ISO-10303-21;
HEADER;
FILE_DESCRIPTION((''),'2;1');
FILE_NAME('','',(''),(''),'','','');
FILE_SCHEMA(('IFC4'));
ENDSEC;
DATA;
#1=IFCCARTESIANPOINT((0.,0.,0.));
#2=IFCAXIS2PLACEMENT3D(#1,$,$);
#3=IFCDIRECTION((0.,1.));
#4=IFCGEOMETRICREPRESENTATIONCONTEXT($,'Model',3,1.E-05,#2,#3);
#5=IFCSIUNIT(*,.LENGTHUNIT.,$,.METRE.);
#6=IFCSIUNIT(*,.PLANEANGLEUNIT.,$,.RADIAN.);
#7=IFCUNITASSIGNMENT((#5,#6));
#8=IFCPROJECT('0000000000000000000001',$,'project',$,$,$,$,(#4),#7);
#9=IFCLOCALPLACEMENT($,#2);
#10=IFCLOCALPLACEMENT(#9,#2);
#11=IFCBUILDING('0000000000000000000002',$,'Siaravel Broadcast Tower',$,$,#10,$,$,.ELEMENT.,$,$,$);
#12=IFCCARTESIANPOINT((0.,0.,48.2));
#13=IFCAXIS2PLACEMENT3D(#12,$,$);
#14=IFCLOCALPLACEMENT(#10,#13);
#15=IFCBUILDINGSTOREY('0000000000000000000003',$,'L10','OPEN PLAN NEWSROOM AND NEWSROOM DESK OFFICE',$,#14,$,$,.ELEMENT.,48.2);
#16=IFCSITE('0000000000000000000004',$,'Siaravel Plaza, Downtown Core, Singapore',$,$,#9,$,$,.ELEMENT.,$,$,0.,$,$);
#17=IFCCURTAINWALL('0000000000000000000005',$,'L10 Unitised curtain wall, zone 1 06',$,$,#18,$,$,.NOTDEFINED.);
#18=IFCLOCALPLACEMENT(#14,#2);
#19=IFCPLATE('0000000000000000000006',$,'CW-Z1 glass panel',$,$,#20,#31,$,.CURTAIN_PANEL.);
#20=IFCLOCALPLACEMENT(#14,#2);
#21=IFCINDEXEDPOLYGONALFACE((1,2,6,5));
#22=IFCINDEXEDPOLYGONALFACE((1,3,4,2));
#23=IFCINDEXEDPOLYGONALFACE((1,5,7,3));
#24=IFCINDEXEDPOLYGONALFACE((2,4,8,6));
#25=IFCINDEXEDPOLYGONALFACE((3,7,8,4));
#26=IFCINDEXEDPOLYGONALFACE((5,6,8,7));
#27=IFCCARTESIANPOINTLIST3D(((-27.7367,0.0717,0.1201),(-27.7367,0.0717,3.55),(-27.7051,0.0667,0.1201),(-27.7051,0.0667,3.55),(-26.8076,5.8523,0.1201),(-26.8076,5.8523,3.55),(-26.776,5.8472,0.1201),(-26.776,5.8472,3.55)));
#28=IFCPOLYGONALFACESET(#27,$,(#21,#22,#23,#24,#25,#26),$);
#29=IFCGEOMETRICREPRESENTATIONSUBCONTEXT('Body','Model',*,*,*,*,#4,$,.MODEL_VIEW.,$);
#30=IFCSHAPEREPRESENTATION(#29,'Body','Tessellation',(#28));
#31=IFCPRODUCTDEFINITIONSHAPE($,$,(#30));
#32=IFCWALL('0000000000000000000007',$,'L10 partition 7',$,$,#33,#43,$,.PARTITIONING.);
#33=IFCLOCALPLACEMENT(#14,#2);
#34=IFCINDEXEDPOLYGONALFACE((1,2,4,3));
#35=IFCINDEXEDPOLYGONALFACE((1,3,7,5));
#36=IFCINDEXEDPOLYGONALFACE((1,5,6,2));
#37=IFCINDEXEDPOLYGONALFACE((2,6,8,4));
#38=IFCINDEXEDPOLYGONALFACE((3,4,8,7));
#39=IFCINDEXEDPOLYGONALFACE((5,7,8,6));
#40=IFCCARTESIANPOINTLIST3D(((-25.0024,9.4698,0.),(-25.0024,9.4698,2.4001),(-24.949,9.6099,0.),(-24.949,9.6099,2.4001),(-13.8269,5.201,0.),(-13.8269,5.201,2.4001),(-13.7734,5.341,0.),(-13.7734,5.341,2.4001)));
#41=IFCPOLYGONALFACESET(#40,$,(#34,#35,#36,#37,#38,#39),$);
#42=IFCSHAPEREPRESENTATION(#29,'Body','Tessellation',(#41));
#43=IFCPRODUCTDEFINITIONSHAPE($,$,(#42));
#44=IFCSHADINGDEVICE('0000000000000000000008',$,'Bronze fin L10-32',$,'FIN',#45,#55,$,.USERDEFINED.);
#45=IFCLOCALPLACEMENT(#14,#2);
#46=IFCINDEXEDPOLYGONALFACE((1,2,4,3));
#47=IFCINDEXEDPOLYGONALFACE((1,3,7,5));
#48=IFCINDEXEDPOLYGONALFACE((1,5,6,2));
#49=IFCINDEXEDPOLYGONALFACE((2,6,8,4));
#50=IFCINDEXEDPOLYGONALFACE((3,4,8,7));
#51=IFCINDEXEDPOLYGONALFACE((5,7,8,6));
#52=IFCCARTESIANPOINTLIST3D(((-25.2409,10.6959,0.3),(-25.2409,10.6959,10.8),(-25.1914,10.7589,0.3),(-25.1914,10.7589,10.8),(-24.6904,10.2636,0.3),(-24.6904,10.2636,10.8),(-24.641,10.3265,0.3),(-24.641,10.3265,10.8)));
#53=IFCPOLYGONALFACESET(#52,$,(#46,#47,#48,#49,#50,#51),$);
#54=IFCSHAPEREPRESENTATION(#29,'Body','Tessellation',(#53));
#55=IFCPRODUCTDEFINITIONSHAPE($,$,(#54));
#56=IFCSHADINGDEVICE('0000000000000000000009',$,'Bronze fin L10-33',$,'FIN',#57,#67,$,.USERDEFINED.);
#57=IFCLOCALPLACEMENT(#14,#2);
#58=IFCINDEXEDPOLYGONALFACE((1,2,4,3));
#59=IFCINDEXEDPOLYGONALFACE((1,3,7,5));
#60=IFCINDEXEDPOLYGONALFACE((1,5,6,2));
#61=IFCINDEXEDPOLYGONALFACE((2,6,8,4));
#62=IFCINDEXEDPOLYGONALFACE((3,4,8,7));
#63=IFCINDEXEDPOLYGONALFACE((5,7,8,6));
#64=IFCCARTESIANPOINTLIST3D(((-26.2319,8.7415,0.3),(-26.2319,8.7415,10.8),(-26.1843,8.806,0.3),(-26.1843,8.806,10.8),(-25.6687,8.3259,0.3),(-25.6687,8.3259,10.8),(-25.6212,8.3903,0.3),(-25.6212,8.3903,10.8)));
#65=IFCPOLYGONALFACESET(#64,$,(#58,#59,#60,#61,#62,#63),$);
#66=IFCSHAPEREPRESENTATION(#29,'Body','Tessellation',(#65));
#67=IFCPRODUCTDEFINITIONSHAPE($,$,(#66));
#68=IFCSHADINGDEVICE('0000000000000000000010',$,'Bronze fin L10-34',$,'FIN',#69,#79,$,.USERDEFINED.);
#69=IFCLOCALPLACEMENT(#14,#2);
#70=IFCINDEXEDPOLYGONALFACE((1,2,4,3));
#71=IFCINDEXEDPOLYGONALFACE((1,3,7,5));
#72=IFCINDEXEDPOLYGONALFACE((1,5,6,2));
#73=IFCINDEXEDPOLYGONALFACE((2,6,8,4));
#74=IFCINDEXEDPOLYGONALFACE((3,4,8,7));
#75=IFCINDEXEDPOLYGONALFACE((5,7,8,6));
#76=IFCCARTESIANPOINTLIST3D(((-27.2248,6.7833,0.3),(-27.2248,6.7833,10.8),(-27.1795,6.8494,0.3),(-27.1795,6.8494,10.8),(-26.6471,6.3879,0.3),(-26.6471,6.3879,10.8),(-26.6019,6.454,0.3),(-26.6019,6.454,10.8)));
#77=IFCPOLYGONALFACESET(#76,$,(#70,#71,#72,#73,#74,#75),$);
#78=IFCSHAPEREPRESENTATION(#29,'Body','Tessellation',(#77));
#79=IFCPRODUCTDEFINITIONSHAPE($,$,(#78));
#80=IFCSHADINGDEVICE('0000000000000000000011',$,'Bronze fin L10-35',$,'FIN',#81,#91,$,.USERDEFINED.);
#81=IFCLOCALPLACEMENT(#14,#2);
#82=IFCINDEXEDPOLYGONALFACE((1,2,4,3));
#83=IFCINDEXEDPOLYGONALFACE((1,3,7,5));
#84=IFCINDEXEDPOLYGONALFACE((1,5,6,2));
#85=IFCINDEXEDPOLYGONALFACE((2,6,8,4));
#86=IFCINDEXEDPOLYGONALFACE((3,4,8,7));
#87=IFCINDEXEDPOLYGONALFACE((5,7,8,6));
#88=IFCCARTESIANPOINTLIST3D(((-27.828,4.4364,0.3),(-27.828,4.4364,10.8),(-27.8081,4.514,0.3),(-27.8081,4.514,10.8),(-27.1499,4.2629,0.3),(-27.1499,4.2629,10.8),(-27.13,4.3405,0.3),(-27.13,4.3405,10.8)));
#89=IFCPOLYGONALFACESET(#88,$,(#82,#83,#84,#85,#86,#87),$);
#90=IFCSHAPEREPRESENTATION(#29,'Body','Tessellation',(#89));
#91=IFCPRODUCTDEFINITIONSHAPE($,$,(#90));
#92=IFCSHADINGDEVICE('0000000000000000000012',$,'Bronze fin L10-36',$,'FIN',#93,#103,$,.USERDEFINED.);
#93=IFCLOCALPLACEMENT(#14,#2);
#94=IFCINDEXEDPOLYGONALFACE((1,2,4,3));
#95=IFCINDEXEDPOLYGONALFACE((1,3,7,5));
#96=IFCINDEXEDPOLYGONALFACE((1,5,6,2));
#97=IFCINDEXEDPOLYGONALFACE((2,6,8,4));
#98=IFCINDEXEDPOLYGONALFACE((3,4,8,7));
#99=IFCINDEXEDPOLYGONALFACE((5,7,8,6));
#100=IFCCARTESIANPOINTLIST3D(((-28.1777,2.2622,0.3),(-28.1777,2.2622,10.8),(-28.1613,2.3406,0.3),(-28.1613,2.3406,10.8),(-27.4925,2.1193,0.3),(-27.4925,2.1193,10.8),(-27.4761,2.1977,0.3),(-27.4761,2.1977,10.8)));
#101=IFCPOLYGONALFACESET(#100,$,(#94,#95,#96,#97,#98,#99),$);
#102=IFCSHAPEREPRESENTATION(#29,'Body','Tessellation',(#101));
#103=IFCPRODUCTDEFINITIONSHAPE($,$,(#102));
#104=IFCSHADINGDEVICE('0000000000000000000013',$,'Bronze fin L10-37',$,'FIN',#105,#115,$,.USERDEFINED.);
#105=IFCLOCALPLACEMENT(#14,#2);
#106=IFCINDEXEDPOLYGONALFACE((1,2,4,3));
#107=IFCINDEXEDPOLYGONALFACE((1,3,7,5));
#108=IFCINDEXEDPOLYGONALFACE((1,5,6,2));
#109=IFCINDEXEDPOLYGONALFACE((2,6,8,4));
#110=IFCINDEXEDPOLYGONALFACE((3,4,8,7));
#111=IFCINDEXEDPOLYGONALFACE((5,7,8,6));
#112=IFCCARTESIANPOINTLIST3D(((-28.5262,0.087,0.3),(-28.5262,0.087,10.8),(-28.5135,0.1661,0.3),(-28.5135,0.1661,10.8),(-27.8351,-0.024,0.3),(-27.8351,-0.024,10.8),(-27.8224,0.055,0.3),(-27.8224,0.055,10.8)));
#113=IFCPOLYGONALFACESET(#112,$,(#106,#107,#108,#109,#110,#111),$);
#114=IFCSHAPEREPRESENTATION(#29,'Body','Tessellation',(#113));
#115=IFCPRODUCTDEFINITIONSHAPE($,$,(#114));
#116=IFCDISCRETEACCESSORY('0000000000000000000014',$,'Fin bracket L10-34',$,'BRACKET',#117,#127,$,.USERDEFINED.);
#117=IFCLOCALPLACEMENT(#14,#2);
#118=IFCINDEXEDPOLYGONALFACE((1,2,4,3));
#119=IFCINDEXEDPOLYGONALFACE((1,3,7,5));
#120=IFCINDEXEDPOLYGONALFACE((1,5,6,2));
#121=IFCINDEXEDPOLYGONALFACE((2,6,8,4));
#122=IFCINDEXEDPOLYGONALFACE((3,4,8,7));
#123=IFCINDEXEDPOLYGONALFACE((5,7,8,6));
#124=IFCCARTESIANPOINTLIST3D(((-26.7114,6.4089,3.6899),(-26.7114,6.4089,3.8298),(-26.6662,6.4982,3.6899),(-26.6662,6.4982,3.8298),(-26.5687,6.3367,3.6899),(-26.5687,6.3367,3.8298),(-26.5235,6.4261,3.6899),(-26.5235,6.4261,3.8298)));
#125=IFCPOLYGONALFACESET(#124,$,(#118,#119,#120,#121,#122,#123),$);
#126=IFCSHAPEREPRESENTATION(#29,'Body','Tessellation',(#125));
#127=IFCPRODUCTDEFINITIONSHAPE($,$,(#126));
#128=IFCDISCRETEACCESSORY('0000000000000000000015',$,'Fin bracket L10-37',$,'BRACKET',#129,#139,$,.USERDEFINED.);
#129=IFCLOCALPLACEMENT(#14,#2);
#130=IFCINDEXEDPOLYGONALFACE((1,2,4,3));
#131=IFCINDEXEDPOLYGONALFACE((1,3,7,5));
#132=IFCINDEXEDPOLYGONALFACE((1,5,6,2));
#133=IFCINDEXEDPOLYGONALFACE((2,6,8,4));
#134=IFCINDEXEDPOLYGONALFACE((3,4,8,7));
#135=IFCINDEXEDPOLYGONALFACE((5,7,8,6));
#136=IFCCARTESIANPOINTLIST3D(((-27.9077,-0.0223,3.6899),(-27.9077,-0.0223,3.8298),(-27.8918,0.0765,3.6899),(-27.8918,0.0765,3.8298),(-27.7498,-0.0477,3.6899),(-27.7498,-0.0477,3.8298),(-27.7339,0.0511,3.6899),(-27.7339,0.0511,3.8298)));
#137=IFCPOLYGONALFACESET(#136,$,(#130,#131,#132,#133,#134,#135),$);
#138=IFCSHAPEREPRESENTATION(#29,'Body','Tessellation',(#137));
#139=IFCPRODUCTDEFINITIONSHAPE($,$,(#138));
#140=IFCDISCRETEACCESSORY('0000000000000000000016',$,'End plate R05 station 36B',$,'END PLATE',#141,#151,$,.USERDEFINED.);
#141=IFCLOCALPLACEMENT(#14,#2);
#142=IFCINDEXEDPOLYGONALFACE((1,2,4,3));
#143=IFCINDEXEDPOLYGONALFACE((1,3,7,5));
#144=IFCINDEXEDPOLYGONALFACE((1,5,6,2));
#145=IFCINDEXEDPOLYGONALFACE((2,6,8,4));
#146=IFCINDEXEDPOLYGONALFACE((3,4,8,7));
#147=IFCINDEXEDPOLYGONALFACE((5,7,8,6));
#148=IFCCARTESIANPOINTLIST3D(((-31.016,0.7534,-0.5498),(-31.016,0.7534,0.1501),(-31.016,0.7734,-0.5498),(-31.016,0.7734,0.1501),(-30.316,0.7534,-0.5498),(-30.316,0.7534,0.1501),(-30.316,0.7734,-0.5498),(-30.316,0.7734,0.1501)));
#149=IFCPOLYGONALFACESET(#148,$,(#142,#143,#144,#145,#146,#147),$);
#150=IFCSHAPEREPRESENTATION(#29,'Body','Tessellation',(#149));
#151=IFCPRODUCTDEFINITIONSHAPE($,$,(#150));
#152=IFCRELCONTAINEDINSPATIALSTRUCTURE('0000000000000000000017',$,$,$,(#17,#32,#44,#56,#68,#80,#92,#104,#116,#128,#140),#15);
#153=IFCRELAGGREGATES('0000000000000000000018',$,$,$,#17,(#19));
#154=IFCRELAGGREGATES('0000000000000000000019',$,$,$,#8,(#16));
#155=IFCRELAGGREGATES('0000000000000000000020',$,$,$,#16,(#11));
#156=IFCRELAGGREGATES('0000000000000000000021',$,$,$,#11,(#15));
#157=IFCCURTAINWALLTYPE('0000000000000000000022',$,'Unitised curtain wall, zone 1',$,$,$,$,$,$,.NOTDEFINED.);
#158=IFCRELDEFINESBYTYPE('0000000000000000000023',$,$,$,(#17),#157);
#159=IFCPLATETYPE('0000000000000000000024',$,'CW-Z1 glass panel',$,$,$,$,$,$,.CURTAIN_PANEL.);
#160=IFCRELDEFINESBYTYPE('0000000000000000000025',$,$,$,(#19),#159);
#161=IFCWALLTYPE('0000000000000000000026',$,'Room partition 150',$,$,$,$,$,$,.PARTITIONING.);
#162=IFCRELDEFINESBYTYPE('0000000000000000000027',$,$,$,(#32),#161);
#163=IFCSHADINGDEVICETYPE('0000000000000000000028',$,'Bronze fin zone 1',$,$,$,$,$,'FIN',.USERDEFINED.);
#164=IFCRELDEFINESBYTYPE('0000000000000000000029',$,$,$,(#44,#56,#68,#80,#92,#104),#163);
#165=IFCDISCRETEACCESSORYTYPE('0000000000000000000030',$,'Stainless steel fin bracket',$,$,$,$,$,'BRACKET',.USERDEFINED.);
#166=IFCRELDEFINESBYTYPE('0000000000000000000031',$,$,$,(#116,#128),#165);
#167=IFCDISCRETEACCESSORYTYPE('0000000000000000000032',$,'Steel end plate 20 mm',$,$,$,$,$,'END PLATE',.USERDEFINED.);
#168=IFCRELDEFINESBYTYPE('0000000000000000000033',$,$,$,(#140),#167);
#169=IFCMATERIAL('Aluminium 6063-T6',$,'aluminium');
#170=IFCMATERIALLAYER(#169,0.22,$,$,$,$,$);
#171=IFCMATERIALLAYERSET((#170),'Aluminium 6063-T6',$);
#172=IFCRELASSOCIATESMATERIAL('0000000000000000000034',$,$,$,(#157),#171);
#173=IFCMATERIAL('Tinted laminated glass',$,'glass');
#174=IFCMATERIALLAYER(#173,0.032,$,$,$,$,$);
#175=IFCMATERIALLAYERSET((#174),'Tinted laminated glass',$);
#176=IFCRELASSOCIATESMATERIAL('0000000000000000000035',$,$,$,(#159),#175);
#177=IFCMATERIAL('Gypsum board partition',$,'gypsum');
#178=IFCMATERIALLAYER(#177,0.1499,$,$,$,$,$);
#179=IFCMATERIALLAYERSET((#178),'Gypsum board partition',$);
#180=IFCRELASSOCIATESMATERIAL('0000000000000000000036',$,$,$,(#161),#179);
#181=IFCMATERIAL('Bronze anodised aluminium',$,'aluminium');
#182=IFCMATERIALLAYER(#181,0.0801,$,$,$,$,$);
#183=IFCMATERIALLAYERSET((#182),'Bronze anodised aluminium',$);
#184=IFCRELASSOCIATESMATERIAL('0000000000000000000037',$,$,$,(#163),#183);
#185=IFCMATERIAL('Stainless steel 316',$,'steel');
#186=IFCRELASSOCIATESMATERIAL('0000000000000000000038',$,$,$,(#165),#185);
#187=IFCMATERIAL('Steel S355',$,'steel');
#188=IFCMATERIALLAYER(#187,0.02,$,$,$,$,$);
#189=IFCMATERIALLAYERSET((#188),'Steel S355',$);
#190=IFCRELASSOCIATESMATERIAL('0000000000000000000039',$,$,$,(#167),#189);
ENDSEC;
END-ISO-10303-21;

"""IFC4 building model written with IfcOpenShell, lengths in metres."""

from ifc_helpers import new_model, si_unit, direction, frame, frame_2d, origin, origin_2d, place, context, subcontext, project, spatial, rectangle, extrude, material, layer, layer_set, type_object, element, aggregate, save


model = new_model("IFC4")

# Units and contexts
model_context = context("Model", 3, precision=1e-05, world=origin(), true_north=direction((0.0, 1.0)))
body_context = subcontext(model_context, "Body", "Model", "MODEL_VIEW")
ifc_project = project(units=[si_unit("LENGTHUNIT", "METRE"), si_unit("PLANEANGLEUNIT", "RADIAN")], contexts=[model_context])

# Site, building, storey
site_placement = place(None, origin())
site = spatial("IfcSite", under=ifc_project, at=site_placement, Name="Siaravel Plaza, Downtown Core, Singapore", CompositionType="ELEMENT", RefElevation=0.0)
building_placement = place(site_placement, origin())
building = spatial("IfcBuilding", under=site, at=building_placement, Name="Siaravel Broadcast Tower", CompositionType="ELEMENT")
storey_placement = place(building_placement, frame((0.0, 0.0, 48.2)))
storey = spatial("IfcBuildingStorey", under=building, at=storey_placement, Name="L10", Description="OPEN PLAN NEWSROOM AND NEWSROOM DESK OFFICE", CompositionType="ELEMENT", Elevation=48.2)

# Shared definitions
ifc_material_1 = material(Name="Steel S355", Category="steel")

# Curtain wall
ifc_material_2 = material(Name="Aluminium 6063-T6", Category="aluminium")
ifc_layer_1 = layer(ifc_material_2, 0.22)
ifc_layer_set_1 = layer_set([ifc_layer_1], Name="Aluminium 6063-T6")
curtain_wall_type = type_object("IfcCurtainWallType", Name="Unitised curtain wall, zone 1", PredefinedType="NOTDEFINED", material=ifc_layer_set_1)
curtain_wall_1_placement = place(storey_placement, origin())
curtain_wall_1 = element("IfcCurtainWall", 1, at=curtain_wall_1_placement, inside=storey, type_object=curtain_wall_type, Name="L10 Unitised curtain wall, zone 1 06", PredefinedType="NOTDEFINED")

# Plate
ifc_material_3 = material(Name="Tinted laminated glass", Category="glass")
ifc_layer_2 = layer(ifc_material_3, 0.032)
ifc_layer_set_2 = layer_set([ifc_layer_2], Name="Tinted laminated glass")
plate_type = type_object("IfcPlateType", Name="CW-Z1 glass panel", PredefinedType="CURTAIN_PANEL", material=ifc_layer_set_2)
plate_1_placement = place(storey_placement, frame((-27.2563, 2.9595, 0.1201), z_axis=(0.0, 0.0, 1.0), x_axis=(-0.158686, -0.987329, 0.0)))
plate_1 = element("IfcPlate", 2, at=plate_1_placement, type_object=plate_type, Name="CW-Z1 glass panel", PredefinedType="CURTAIN_PANEL", context=body_context, shape_type="SweptSolid", body=[
    extrude(rectangle(XDim=5.8547, YDim=0.032, at=origin_2d()), origin(), (0.0, 0.0, 1.0), 3.4299),
])
aggregate(curtain_wall_1, [plate_1])

# Wall
ifc_material_4 = material(Name="Gypsum board partition", Category="gypsum")
ifc_layer_3 = layer(ifc_material_4, 0.1499)
ifc_layer_set_3 = layer_set([ifc_layer_3], Name="Gypsum board partition")
wall_type = type_object("IfcWallType", Name="Room partition 150", PredefinedType="PARTITIONING", material=ifc_layer_set_3)
wall_placement = place(storey_placement, frame((-24.9756, 9.5398, 0.0), z_axis=(0.0, 0.0, 1.0), x_axis=(0.934169, -0.356831, 0.0)))
element("IfcWall", 3, at=wall_placement, inside=storey, type_object=wall_type, Name="L10 partition 7", PredefinedType="PARTITIONING", context=body_context, shape_type="SweptSolid", body=[
    extrude(rectangle(XDim=11.9631, YDim=0.1499, at=frame_2d((5.9814, 0.0))), origin(), (0.0, 0.0, 1.0), 2.4001),
])

# Shading devices
ifc_material_5 = material(Name="Bronze anodised aluminium", Category="aluminium")
ifc_layer_4 = layer(ifc_material_5, 0.0801)
ifc_layer_set_4 = layer_set([ifc_layer_4], Name="Bronze anodised aluminium")
shading_device_type = type_object("IfcShadingDeviceType", Name="Bronze fin zone 1", ElementType="FIN", PredefinedType="USERDEFINED", material=ifc_layer_set_4)
for number, where, z_axis, x_axis, name in (
    (4, (-24.9409, 10.5112, 0.3), (0.0, 0.0, 1.0), (-0.786436, 0.617672, 0.0), "Bronze fin L10-32"),
    (5, (-25.9265, 8.5659, 0.3), (0.0, 0.0, 1.0), (-0.804588, 0.593833, 0.0), "Bronze fin L10-33"),
    (6, (-26.9133, 6.6187, 0.3), (0.0, 0.0, 1.0), (-0.825233, 0.564793, 0.0), "Bronze fin L10-34"),
    (7, (-27.479, 4.3884, 0.3), (0.0, 0.0, 1.0), (-0.968787, 0.247894, 0.0), "Bronze fin L10-35"),
    (8, (-27.8269, 2.23, 0.3), (0.0, 0.0, 1.0), (-0.978934, 0.204177, 0.0), "Bronze fin L10-36"),
    (9, (-28.1743, 0.071, 0.3), (0.0, 0.0, 1.0), (-0.987329, 0.158685, 0.0), "Bronze fin L10-37"),
):
    element("IfcShadingDevice", number, at=place(storey_placement, frame(where, z_axis=z_axis, x_axis=x_axis)), inside=storey, type_object=shading_device_type, Name=name, ObjectType="FIN", PredefinedType="USERDEFINED", context=body_context, shape_type="SweptSolid", body=[
        extrude(rectangle(XDim=0.7, YDim=0.0801, at=origin_2d()), origin(), (0.0, 0.0, 1.0), 10.5),
    ])

# Discrete accessories
ifc_material_6 = material(Name="Stainless steel 316", Category="steel")
discrete_accessory_type_1 = type_object("IfcDiscreteAccessoryType", Name="Stainless steel fin bracket", ElementType="BRACKET", PredefinedType="USERDEFINED", material=ifc_material_6)
for number, where, z_axis, x_axis, name in (
    (10, (-26.6174, 6.4175, 3.6899), (0.0, 0.0, 1.0), (-0.892392, 0.451261, 0.0), "Fin bracket L10-34"),
    (11, (-27.8208, 0.0144, 3.6899), (0.0, 0.0, 1.0), (-0.987329, 0.158685, 0.0), "Fin bracket L10-37"),
):
    element("IfcDiscreteAccessory", number, at=place(storey_placement, frame(where, z_axis=z_axis, x_axis=x_axis)), inside=storey, type_object=discrete_accessory_type_1, Name=name, ObjectType="BRACKET", PredefinedType="USERDEFINED", context=body_context, shape_type="SweptSolid", body=[
        extrude(rectangle(XDim=0.1599, YDim=0.1001, at=origin_2d()), origin(), (0.0, 0.0, 1.0), 0.1399),
    ])
ifc_layer_5 = layer(ifc_material_1, 0.02)
ifc_layer_set_5 = layer_set([ifc_layer_5], Name="Steel S355")
discrete_accessory_type_2 = type_object("IfcDiscreteAccessoryType", Name="Steel end plate 20 mm", ElementType="END PLATE", PredefinedType="USERDEFINED", material=ifc_layer_set_5)
discrete_accessory_placement = place(storey_placement, frame((-30.666, 0.7634, -0.5498), z_axis=(0.0, 0.0, 1.0), x_axis=(0.0, -1.0, 0.0)))
element("IfcDiscreteAccessory", 12, at=discrete_accessory_placement, inside=storey, type_object=discrete_accessory_type_2, Name="End plate R05 station 36B", ObjectType="END PLATE", PredefinedType="USERDEFINED", context=body_context, shape_type="SweptSolid", body=[
    extrude(rectangle(XDim=0.02, YDim=0.7, at=origin_2d()), origin(), (0.0, 0.0, 1.0), 0.7),
])

save(model, "model.ifc")
